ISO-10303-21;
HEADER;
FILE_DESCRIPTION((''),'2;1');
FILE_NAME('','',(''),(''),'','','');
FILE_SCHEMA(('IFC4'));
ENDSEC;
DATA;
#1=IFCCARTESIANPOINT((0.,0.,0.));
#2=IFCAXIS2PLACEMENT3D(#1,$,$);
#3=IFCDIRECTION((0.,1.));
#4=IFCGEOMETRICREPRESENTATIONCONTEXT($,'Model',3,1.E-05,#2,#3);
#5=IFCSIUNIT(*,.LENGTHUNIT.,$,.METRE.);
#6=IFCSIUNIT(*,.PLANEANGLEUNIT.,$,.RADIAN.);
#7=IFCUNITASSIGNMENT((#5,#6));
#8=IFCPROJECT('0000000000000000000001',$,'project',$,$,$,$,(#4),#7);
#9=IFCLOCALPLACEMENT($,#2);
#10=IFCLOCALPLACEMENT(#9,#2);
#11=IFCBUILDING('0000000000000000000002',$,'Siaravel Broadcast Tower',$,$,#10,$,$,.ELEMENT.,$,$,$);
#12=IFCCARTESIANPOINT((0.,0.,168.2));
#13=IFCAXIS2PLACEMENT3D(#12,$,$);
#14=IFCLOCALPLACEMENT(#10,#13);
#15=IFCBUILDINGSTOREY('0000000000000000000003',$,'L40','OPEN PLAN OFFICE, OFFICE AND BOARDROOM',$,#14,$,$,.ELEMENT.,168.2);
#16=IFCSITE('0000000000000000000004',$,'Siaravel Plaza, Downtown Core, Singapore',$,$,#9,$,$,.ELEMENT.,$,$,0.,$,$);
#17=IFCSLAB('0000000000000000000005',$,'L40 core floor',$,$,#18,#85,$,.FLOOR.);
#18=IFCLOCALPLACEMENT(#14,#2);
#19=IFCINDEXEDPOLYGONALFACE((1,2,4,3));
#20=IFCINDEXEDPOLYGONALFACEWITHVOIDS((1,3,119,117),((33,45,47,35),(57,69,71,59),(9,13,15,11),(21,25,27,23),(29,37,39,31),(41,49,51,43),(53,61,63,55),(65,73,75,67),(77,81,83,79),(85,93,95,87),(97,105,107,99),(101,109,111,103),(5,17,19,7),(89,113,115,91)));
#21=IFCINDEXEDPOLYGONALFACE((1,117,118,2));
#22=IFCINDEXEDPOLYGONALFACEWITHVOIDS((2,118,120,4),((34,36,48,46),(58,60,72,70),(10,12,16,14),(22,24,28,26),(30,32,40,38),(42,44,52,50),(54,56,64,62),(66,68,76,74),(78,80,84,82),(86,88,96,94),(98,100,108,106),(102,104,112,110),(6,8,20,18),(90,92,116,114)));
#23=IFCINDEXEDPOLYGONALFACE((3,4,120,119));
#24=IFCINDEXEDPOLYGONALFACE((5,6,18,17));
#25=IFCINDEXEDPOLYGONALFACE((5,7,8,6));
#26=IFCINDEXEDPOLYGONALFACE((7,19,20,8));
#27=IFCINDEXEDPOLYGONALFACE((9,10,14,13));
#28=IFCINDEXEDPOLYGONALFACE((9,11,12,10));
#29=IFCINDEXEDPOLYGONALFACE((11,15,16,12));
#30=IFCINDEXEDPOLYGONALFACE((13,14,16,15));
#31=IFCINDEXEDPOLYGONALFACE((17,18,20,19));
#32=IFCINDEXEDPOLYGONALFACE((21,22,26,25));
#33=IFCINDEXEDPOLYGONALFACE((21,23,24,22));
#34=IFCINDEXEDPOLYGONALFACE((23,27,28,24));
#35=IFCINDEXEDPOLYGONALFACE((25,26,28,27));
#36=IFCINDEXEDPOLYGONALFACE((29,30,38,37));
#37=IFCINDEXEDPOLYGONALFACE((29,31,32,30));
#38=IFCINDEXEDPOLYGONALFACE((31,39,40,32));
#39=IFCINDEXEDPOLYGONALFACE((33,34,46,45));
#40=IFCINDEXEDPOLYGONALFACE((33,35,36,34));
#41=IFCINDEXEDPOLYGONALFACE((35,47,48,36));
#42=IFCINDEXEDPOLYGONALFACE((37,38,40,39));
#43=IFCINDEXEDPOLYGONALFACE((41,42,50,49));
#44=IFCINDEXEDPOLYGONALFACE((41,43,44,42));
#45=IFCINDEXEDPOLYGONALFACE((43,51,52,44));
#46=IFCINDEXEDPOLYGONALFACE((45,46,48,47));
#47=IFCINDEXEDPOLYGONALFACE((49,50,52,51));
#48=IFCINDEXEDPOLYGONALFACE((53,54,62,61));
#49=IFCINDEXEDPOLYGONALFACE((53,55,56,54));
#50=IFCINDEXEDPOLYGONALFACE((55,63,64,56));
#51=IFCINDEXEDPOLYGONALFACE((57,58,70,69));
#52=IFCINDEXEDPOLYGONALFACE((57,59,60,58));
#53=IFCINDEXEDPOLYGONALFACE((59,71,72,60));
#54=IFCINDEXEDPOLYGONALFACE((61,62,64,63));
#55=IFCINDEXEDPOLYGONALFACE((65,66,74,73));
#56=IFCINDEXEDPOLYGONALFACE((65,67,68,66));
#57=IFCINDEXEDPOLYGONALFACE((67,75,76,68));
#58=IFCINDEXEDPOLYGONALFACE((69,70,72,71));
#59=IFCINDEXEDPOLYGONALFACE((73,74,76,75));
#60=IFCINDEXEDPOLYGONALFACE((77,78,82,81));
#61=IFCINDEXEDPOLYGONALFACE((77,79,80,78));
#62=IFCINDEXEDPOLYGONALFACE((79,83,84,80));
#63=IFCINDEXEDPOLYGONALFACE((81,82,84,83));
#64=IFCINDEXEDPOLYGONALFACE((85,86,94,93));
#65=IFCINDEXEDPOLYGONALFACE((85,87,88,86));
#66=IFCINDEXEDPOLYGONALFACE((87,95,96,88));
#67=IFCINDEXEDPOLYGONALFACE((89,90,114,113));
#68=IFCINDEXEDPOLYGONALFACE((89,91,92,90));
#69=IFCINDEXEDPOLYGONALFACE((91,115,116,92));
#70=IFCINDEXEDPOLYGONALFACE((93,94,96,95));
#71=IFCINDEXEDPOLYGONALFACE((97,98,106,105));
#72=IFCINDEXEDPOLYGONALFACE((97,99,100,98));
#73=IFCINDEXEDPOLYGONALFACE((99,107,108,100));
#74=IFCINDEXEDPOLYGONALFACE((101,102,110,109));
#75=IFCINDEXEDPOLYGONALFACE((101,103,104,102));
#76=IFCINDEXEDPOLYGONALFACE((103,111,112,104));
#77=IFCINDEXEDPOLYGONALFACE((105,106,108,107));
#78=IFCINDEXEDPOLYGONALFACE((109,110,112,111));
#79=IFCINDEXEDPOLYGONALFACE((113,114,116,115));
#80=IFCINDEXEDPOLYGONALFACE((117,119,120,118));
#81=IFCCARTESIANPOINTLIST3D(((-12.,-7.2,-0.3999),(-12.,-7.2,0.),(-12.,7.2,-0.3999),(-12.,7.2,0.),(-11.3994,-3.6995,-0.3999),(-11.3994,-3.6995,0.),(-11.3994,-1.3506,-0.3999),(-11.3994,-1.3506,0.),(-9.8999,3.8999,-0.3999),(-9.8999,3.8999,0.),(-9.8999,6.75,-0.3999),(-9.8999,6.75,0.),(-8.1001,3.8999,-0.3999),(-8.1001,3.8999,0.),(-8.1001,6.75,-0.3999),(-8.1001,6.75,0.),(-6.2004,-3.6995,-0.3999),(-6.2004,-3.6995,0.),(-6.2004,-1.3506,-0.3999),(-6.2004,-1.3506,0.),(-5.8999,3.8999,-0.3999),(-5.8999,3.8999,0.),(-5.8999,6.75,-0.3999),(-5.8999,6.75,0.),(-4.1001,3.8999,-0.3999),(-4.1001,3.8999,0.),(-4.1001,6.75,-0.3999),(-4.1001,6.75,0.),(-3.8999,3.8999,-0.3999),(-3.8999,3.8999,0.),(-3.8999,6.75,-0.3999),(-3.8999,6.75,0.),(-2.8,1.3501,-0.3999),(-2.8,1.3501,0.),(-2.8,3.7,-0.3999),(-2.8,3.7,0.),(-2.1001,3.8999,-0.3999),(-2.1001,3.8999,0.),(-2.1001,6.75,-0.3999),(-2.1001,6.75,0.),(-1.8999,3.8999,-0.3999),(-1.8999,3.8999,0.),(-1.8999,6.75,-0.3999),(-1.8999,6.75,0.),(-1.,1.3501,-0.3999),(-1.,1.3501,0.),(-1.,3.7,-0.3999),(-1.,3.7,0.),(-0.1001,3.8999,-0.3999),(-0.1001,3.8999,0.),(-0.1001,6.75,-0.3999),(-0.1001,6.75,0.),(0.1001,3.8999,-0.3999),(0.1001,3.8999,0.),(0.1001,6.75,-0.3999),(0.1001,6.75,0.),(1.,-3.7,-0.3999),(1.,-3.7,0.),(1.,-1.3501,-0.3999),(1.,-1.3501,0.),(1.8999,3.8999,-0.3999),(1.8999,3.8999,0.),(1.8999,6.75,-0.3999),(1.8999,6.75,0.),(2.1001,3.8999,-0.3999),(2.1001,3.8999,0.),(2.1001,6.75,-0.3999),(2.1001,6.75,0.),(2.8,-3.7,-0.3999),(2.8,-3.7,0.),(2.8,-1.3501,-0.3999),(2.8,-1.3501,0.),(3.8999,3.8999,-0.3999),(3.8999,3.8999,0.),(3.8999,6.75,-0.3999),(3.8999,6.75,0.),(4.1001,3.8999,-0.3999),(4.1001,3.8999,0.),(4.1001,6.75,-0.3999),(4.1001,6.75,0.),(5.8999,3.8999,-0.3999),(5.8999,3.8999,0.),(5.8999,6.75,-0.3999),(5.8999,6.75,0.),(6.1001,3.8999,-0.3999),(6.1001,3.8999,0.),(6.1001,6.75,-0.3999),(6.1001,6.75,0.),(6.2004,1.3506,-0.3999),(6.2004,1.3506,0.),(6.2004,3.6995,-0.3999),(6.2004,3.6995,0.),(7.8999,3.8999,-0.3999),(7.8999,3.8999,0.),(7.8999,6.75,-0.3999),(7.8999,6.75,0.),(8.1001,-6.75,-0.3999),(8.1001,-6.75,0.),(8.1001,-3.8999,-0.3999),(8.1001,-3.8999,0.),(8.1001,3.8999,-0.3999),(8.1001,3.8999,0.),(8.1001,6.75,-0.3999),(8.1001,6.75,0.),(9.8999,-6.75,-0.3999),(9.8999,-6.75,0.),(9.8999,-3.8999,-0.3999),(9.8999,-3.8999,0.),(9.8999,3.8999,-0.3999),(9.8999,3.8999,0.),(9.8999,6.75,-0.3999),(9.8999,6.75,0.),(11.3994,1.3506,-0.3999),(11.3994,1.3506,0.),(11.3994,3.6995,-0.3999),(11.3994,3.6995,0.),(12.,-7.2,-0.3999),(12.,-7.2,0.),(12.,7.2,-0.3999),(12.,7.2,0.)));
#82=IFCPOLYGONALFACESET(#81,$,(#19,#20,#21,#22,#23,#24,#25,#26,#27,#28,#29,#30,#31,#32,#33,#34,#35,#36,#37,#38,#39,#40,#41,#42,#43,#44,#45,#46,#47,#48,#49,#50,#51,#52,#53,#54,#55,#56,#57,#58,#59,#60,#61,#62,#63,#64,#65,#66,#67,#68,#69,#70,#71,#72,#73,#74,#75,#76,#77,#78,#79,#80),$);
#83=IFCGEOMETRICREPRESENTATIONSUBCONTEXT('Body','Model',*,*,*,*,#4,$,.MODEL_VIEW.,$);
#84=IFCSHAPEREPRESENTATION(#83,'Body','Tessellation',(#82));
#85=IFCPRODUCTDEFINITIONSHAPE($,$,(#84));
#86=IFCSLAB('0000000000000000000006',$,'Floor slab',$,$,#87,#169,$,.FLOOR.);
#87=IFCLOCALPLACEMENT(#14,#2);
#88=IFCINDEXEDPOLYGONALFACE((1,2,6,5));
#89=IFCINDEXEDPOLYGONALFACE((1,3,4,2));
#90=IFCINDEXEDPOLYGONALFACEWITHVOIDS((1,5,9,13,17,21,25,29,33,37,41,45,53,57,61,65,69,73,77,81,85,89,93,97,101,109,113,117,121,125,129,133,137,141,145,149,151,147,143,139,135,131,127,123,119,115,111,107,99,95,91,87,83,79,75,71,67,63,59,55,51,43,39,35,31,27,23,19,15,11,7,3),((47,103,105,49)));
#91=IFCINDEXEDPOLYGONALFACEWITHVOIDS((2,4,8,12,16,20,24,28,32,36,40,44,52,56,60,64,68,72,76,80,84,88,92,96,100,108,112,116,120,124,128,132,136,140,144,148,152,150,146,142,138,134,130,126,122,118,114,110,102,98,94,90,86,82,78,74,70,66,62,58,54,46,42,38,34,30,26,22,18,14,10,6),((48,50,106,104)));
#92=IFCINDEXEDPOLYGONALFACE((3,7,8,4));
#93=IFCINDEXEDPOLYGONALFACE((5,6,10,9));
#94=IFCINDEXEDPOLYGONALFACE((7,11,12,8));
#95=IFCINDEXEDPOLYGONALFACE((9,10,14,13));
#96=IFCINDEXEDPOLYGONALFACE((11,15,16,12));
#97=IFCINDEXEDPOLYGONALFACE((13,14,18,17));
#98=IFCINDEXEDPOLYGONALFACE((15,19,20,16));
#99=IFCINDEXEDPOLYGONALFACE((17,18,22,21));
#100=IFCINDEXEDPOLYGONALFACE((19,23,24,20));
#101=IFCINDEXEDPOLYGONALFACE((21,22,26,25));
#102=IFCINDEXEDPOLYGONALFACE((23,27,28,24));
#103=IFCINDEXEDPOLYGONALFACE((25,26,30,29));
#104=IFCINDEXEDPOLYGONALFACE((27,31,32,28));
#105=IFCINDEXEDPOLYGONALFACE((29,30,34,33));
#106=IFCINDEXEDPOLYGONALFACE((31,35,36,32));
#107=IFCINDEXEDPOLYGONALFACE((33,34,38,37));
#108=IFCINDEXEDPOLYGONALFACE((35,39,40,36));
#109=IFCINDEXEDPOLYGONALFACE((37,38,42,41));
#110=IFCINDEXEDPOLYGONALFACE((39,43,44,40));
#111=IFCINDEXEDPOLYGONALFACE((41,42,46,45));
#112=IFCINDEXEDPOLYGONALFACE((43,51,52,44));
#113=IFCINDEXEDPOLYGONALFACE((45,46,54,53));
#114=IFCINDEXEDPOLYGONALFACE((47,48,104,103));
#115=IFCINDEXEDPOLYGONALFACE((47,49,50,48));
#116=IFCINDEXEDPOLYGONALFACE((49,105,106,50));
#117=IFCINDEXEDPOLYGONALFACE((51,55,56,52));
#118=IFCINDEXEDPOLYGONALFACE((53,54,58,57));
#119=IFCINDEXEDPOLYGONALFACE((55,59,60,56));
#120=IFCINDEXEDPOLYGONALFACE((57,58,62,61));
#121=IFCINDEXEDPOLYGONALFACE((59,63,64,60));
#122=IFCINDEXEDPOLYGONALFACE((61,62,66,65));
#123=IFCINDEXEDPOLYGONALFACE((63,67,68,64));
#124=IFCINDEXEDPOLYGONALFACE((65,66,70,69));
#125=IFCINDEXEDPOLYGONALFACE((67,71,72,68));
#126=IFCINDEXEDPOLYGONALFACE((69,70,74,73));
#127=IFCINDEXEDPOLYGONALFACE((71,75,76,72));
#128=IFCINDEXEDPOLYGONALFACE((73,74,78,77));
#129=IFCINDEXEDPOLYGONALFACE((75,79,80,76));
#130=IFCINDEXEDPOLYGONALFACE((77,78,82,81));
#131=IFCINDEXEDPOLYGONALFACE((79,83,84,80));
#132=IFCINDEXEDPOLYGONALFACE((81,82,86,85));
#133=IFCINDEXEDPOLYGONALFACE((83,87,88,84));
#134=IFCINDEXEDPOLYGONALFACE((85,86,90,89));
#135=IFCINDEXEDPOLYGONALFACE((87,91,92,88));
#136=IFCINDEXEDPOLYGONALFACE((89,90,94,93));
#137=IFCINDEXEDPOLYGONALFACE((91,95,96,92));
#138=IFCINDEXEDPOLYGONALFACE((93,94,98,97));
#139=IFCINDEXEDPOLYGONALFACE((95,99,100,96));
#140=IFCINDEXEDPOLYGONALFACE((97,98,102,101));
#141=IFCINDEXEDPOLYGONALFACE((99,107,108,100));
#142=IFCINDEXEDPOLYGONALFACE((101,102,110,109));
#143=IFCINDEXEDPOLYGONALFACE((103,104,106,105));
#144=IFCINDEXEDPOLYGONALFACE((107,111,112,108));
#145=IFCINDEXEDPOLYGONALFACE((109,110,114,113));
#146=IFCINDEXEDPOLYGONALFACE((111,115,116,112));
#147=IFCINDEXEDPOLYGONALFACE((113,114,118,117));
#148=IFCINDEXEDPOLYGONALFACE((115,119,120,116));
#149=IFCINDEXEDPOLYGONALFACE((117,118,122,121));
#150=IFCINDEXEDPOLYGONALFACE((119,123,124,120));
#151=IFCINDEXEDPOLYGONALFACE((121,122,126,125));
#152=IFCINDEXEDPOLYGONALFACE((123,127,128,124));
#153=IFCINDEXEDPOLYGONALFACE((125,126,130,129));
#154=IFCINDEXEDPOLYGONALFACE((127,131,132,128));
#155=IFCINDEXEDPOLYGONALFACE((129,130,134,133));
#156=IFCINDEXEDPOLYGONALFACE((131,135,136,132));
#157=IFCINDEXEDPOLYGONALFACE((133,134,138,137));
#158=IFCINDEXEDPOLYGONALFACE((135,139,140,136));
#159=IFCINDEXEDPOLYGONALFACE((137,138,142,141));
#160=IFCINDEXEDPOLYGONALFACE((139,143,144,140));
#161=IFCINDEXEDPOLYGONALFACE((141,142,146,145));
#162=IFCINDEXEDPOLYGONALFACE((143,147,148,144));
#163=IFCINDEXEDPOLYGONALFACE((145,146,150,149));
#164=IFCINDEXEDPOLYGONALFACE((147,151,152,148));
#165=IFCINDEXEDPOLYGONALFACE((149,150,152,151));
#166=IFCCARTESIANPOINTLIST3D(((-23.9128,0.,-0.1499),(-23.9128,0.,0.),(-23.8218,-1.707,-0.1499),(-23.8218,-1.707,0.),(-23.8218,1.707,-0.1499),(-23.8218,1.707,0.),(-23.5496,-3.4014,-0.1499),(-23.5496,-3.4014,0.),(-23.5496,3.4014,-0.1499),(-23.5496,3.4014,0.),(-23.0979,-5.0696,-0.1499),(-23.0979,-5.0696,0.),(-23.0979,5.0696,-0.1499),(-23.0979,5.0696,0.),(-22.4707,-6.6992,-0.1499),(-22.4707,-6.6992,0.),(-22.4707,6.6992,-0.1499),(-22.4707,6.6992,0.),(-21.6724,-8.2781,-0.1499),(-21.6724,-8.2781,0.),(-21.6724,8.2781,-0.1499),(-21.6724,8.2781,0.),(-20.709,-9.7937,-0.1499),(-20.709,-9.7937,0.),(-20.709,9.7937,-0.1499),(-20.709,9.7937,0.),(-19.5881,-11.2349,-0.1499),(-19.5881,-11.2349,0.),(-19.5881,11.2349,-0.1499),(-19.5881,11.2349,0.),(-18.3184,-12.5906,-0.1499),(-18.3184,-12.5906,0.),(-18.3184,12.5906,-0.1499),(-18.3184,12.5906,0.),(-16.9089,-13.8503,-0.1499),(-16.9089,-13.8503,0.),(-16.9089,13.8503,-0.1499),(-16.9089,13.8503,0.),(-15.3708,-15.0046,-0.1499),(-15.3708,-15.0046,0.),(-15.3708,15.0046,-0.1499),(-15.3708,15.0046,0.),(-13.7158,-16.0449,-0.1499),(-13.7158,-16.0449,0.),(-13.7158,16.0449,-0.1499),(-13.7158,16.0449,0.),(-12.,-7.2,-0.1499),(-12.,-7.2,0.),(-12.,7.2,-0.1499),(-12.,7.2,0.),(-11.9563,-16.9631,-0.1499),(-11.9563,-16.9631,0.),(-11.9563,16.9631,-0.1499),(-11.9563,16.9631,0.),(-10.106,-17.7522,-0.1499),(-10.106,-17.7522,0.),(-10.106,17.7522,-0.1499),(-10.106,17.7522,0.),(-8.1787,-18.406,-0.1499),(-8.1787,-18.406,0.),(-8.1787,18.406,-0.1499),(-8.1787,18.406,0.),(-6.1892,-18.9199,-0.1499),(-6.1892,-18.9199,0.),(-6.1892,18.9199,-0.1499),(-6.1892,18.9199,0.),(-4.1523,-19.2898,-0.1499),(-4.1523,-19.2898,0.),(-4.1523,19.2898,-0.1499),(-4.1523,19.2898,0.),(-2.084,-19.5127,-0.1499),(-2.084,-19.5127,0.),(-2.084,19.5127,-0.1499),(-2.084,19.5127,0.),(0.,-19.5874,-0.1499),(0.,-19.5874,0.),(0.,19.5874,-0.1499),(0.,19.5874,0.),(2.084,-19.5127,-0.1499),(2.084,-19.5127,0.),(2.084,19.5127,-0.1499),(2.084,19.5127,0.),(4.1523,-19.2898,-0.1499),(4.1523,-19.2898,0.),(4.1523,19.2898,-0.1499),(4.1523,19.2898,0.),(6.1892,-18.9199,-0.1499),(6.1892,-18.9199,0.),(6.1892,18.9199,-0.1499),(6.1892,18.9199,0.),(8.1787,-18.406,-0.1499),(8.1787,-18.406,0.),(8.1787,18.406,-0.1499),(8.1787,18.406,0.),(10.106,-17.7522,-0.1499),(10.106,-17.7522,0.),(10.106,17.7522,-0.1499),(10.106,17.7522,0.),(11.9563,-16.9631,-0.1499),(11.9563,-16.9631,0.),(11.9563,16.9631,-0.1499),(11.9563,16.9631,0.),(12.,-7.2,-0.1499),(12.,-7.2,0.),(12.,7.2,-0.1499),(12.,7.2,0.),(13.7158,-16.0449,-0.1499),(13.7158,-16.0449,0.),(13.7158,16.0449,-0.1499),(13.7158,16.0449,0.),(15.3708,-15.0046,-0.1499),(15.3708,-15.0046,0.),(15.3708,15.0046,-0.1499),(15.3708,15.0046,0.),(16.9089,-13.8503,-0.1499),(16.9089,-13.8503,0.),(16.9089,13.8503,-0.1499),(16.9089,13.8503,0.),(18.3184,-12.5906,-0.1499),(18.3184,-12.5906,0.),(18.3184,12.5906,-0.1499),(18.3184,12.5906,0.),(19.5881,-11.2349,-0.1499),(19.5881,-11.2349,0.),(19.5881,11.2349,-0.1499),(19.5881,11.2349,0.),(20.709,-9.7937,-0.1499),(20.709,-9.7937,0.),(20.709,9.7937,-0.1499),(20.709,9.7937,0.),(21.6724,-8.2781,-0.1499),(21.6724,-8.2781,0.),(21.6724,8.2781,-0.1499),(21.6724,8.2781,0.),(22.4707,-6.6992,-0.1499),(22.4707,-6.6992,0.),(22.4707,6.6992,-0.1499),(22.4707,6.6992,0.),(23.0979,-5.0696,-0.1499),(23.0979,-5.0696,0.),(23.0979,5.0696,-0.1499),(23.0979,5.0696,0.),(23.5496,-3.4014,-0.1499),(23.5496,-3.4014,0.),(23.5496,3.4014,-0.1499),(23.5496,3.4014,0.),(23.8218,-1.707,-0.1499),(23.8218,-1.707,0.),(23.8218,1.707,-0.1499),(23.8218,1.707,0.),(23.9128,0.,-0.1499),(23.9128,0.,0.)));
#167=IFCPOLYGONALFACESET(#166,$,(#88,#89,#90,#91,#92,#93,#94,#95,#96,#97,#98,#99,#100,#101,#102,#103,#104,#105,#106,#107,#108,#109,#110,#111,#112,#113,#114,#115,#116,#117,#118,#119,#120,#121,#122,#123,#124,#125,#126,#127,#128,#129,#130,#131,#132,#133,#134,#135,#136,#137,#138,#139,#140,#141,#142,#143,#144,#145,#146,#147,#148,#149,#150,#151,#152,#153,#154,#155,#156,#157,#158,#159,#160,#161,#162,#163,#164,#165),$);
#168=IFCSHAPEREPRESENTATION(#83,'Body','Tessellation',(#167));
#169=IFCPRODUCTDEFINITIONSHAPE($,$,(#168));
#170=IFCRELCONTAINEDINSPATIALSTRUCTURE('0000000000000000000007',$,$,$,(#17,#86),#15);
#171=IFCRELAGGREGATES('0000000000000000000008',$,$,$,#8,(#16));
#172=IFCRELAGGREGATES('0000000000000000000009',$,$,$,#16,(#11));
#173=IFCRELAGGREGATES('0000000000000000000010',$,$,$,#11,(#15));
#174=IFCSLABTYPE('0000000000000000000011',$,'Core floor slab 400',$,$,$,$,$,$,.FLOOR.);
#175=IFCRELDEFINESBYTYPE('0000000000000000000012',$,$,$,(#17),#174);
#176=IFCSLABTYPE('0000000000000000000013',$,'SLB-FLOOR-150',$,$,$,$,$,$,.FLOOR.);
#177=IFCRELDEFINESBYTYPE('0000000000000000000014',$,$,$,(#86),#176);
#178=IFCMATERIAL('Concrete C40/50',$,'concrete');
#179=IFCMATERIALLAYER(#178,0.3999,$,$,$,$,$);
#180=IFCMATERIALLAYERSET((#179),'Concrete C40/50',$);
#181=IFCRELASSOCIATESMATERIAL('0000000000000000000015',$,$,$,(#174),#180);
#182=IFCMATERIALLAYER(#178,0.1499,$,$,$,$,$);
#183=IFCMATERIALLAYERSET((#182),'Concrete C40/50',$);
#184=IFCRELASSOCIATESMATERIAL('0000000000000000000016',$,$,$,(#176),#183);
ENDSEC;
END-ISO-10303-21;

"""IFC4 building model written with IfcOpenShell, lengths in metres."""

from ifc_helpers import new_model, si_unit, direction, frame, origin, place, context, subcontext, project, spatial, polyline, outline, extrude, material, layer, layer_set, type_object, element, save


model = new_model("IFC4")

# Units and contexts
model_context = context("Model", 3, precision=1e-05, world=origin(), true_north=direction((0.0, 1.0)))
body_context = subcontext(model_context, "Body", "Model", "MODEL_VIEW")
ifc_project = project(units=[si_unit("LENGTHUNIT", "METRE"), si_unit("PLANEANGLEUNIT", "RADIAN")], contexts=[model_context])

# Site, building, storey
site_placement = place(None, origin())
site = spatial("IfcSite", under=ifc_project, at=site_placement, Name="Siaravel Plaza, Downtown Core, Singapore", CompositionType="ELEMENT", RefElevation=0.0)
building_placement = place(site_placement, origin())
building = spatial("IfcBuilding", under=site, at=building_placement, Name="Siaravel Broadcast Tower", CompositionType="ELEMENT")
storey_placement = place(building_placement, frame((0.0, 0.0, 168.2)))
storey = spatial("IfcBuildingStorey", under=building, at=storey_placement, Name="L40", Description="OPEN PLAN OFFICE, OFFICE AND BOARDROOM", CompositionType="ELEMENT", Elevation=168.2)

# Slabs
ifc_material_1 = material(Name="Concrete C40/50", Category="concrete")
ifc_layer_1 = layer(ifc_material_1, 0.3999)
ifc_layer_set_1 = layer_set([ifc_layer_1], Name="Concrete C40/50")
slab_type_1 = type_object("IfcSlabType", Name="Core floor slab 400", PredefinedType="FLOOR", material=ifc_layer_set_1)
slab_1_placement = place(storey_placement, frame((0.0, 0.0, -0.3999)))
element("IfcSlab", 1, at=slab_1_placement, inside=storey, type_object=slab_type_1, Name="L40 core floor", PredefinedType="FLOOR", context=body_context, shape_type="SweptSolid", body=[
    extrude(outline(polyline([(-12.0, -7.2), (-12.0, 7.2), (12.0, 7.2), (12.0, -7.2), (-12.0, -7.2)]), holes=[polyline([(11.3994, 1.3506), (11.3994, 3.6995), (6.2004, 3.6995), (6.2004, 1.3506), (11.3994, 1.3506)]), polyline([(8.1001, -3.8999), (8.1001, -6.75), (9.8999, -6.75), (9.8999, -3.8999), (8.1001, -3.8999)]), polyline([(9.8999, 6.75), (8.1001, 6.75), (8.1001, 3.8999), (9.8999, 3.8999), (9.8999, 6.75)]), polyline([(7.8999, 6.75), (6.1001, 6.75), (6.1001, 3.8999), (7.8999, 3.8999), (7.8999, 6.75)]), polyline([(5.8999, 6.75), (4.1001, 6.75), (4.1001, 3.8999), (5.8999, 3.8999), (5.8999, 6.75)]), polyline([(3.8999, 6.75), (2.1001, 6.75), (2.1001, 3.8999), (3.8999, 3.8999), (3.8999, 6.75)]), polyline([(2.8, -1.3501), (1.0, -1.3501), (1.0, -3.7), (2.8, -3.7), (2.8, -1.3501)]), polyline([(1.8999, 6.75), (0.1001, 6.75), (0.1001, 3.8999), (1.8999, 3.8999), (1.8999, 6.75)]), polyline([(-0.1001, 6.75), (-1.8999, 6.75), (-1.8999, 3.8999), (-0.1001, 3.8999), (-0.1001, 6.75)]), polyline([(-1.0, 3.7), (-2.8, 3.7), (-2.8, 1.3501), (-1.0, 1.3501), (-1.0, 3.7)]), polyline([(-2.1001, 6.75), (-3.8999, 6.75), (-3.8999, 3.8999), (-2.1001, 3.8999), (-2.1001, 6.75)]), polyline([(-4.1001, 6.75), (-5.8999, 6.75), (-5.8999, 3.8999), (-4.1001, 3.8999), (-4.1001, 6.75)]), polyline([(-11.3994, -3.6995), (-6.2004, -3.6995), (-6.2004, -1.3506), (-11.3994, -1.3506), (-11.3994, -3.6995)]), polyline([(-8.1001, 6.75), (-9.8999, 6.75), (-9.8999, 3.8999), (-8.1001, 3.8999), (-8.1001, 6.75)])]), origin(), (0.0, 0.0, 1.0), 0.3999),
])
ifc_layer_2 = layer(ifc_material_1, 0.1499)
ifc_layer_set_2 = layer_set([ifc_layer_2], Name="Concrete C40/50")
slab_type_2 = type_object("IfcSlabType", Name="SLB-FLOOR-150", PredefinedType="FLOOR", material=ifc_layer_set_2)
slab_2_placement = place(storey_placement, frame((0.0, 0.0, -0.1499)))
element("IfcSlab", 2, at=slab_2_placement, inside=storey, type_object=slab_type_2, Name="Floor slab", PredefinedType="FLOOR", context=body_context, shape_type="SweptSolid", body=[
    extrude(outline(polyline([(23.9128, 0.0), (23.8218, 1.707), (23.5496, 3.4014), (23.0979, 5.0696), (22.4707, 6.6992), (21.6724, 8.2781), (20.709, 9.7937), (19.5881, 11.2349), (18.3184, 12.5906), (16.9089, 13.8503), (15.3708, 15.0046), (13.7158, 16.0449), (11.9563, 16.9631), (10.106, 17.7522), (8.1787, 18.406), (6.1892, 18.9199), (4.1523, 19.2898), (2.084, 19.5127), (0.0, 19.5874), (-2.084, 19.5127), (-4.1523, 19.2898), (-6.1892, 18.9199), (-8.1787, 18.406), (-10.106, 17.7522), (-11.9563, 16.9631), (-13.7158, 16.0449), (-15.3708, 15.0046), (-16.9089, 13.8503), (-18.3184, 12.5906), (-19.5881, 11.2349), (-20.709, 9.7937), (-21.6724, 8.2781), (-22.4707, 6.6992), (-23.0979, 5.0696), (-23.5496, 3.4014), (-23.8218, 1.707), (-23.9128, 0.0), (-23.8218, -1.707), (-23.5496, -3.4014), (-23.0979, -5.0696), (-22.4707, -6.6992), (-21.6724, -8.2781), (-20.709, -9.7937), (-19.5881, -11.2349), (-18.3184, -12.5906), (-16.9089, -13.8503), (-15.3708, -15.0046), (-13.7158, -16.0449), (-11.9563, -16.9631), (-10.106, -17.7522), (-8.1787, -18.406), (-6.1892, -18.9199), (-4.1523, -19.2898), (-2.084, -19.5127), (0.0, -19.5874), (2.084, -19.5127), (4.1523, -19.2898), (6.1892, -18.9199), (8.1787, -18.406), (10.106, -17.7522), (11.9563, -16.9631), (13.7158, -16.0449), (15.3708, -15.0046), (16.9089, -13.8503), (18.3184, -12.5906), (19.5881, -11.2349), (20.709, -9.7937), (21.6724, -8.2781), (22.4707, -6.6992), (23.0979, -5.0696), (23.5496, -3.4014), (23.8218, -1.707), (23.9128, 0.0)]), holes=[polyline([(-12.0, 7.2), (12.0, 7.2), (12.0, -7.2), (-12.0, -7.2), (-12.0, 7.2)])]), origin(), (0.0, 0.0, 1.0), 0.1499),
])

save(model, "model.ifc")
